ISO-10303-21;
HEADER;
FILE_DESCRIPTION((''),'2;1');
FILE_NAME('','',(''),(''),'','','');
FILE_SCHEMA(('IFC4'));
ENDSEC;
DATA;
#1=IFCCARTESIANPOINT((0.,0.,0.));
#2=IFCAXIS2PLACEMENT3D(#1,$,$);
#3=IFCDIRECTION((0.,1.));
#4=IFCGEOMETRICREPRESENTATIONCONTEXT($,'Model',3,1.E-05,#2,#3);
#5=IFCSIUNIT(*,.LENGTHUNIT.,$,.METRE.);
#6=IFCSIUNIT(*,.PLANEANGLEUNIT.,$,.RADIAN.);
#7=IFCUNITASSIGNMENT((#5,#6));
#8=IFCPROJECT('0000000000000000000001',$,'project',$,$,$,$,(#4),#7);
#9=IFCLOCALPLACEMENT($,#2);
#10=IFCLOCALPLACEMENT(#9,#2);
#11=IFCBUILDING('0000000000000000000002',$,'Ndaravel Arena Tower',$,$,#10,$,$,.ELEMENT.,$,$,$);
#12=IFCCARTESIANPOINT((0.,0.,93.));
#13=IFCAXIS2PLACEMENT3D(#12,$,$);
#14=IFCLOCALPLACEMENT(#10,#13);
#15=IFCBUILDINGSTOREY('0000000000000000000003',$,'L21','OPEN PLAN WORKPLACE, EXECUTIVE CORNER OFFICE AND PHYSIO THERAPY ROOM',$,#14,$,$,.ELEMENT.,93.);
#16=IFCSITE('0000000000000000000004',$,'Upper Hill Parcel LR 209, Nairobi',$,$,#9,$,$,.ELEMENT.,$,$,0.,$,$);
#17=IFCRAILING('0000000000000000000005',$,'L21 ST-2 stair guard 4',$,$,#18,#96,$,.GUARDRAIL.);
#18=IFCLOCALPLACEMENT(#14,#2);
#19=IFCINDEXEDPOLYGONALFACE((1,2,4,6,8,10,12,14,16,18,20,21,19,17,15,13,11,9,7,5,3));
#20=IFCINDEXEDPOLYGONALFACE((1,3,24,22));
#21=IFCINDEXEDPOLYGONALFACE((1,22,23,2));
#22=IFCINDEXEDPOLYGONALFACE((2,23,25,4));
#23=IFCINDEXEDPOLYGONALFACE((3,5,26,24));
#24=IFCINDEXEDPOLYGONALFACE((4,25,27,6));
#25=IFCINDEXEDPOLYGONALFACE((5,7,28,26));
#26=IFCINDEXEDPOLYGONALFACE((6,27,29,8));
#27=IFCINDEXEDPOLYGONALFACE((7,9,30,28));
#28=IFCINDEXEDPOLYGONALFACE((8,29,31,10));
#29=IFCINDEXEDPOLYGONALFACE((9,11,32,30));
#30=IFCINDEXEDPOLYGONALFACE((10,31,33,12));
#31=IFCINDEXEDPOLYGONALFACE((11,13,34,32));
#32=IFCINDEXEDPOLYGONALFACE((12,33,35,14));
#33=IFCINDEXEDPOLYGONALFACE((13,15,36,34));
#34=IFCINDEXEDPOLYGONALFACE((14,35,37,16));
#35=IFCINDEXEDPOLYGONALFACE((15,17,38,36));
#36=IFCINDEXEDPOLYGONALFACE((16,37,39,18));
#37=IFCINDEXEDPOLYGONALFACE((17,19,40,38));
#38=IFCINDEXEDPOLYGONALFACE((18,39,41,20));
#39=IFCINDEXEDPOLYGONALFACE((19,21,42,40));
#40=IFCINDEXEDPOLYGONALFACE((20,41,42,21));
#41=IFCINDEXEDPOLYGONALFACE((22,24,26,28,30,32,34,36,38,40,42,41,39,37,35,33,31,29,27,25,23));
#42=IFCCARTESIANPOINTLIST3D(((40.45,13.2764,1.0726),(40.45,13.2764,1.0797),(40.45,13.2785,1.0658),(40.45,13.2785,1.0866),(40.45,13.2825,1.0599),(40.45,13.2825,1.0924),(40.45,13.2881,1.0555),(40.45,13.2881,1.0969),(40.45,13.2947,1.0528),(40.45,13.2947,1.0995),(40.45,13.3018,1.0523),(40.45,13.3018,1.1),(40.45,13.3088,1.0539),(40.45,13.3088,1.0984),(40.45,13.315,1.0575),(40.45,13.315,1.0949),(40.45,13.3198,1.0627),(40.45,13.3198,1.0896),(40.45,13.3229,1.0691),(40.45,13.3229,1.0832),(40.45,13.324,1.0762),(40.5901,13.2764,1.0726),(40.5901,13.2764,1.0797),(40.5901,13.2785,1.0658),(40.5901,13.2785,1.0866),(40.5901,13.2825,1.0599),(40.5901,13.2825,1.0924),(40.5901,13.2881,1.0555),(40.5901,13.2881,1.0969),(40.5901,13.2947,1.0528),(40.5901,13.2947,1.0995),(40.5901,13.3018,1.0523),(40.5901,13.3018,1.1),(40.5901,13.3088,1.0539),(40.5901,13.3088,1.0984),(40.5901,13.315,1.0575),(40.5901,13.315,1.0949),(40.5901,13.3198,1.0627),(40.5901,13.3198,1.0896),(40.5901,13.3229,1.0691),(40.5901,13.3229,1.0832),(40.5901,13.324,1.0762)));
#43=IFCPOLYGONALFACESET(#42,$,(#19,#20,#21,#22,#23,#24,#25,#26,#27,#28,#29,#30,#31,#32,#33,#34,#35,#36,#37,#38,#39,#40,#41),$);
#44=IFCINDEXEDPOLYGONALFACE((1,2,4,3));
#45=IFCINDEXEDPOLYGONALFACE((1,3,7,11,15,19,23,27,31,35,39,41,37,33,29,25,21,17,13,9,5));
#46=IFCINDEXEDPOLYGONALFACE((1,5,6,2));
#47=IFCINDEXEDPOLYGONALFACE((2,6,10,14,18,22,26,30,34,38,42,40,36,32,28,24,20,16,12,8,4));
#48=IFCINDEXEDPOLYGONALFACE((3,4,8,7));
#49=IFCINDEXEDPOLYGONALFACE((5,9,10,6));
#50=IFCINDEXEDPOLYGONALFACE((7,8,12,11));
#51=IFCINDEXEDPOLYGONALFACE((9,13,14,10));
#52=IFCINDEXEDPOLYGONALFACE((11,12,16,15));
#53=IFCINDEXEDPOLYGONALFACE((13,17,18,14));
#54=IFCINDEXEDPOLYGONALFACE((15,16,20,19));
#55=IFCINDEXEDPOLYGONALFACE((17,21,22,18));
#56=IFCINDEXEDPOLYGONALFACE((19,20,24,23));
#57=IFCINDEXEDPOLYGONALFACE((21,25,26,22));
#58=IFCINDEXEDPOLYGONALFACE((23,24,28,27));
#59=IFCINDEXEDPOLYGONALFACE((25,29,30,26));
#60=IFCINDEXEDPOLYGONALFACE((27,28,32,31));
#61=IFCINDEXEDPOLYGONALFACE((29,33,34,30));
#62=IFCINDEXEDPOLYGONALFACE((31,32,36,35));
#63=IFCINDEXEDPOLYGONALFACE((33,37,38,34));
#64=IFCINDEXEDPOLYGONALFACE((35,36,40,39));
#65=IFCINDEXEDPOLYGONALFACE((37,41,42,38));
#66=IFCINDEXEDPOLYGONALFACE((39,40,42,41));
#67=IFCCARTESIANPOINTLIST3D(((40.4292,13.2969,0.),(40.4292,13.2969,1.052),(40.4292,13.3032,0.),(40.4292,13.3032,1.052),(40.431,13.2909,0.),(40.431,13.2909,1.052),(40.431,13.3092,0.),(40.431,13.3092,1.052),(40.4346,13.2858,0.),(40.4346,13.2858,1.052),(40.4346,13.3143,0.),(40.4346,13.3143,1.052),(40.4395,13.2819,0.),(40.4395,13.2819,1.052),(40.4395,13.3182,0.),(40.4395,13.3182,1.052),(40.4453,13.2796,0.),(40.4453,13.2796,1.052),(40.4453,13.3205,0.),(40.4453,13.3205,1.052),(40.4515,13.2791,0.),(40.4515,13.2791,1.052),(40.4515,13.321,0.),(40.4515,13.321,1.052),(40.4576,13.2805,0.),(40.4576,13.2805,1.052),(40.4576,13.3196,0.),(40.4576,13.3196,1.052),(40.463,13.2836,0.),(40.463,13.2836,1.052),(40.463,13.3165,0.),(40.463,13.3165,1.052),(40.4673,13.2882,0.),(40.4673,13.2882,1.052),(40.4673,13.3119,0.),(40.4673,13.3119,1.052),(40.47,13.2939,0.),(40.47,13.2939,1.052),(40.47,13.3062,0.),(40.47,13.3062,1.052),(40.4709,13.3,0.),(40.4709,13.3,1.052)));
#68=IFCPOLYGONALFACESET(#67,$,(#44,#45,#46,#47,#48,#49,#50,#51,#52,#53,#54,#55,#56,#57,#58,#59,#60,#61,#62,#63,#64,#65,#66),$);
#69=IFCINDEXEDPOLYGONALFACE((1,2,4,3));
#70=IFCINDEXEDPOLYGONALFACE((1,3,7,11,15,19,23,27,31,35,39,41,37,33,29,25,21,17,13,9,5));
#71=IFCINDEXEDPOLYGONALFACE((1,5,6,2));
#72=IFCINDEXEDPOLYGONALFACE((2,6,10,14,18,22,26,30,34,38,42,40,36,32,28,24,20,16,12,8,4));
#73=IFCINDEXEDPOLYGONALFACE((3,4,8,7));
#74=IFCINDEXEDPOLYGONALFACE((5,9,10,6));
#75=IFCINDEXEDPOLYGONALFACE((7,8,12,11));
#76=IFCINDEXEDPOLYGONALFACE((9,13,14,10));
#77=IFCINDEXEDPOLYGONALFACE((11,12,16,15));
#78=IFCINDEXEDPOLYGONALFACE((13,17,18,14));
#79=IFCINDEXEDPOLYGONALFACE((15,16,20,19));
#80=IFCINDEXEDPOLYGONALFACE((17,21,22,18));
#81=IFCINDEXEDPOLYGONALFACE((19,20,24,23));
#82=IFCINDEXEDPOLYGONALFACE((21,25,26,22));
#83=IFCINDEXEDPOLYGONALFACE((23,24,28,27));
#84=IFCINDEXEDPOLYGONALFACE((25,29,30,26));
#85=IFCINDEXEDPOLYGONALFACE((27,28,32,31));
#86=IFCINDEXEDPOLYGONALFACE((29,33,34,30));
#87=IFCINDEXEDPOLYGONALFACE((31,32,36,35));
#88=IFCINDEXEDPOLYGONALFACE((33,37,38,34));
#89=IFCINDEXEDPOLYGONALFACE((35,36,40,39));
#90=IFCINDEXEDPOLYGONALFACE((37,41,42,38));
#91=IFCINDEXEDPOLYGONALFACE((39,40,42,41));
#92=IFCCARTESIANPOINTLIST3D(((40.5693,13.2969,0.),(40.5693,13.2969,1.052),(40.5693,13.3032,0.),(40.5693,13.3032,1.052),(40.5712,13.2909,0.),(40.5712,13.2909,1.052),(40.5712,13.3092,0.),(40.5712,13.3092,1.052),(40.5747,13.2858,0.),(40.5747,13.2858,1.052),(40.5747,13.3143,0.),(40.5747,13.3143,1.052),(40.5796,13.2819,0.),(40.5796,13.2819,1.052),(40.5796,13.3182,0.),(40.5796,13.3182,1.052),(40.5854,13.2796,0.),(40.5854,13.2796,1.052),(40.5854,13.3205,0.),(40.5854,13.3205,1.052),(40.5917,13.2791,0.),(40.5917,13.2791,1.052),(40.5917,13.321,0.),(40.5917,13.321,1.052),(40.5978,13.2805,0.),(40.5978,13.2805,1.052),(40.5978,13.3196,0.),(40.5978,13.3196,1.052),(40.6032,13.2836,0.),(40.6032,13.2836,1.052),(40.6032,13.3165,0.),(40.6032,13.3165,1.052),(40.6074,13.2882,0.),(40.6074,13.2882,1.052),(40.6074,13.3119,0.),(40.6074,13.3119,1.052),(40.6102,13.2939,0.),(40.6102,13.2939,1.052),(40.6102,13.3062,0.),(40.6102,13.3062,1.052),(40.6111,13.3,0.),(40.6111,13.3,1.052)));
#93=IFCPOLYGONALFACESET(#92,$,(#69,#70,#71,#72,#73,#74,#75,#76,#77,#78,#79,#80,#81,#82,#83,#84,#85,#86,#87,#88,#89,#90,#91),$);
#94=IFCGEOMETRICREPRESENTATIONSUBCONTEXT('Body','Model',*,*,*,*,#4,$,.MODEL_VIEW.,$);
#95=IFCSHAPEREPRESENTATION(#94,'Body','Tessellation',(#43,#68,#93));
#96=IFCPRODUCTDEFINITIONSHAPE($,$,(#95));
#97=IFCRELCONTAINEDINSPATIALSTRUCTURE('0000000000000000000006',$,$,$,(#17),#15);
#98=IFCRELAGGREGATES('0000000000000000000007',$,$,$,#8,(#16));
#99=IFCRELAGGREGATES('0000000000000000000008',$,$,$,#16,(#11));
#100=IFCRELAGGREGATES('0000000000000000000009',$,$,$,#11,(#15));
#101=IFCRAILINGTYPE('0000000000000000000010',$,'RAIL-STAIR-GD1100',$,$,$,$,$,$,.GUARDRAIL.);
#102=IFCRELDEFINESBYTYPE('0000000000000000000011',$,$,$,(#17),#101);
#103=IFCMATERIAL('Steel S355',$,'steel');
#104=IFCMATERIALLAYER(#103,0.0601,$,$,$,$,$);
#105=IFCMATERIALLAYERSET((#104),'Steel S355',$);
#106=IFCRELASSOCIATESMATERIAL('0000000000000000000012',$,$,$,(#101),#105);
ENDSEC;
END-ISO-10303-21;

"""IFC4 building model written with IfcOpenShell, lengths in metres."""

from ifc_helpers import new_model, si_unit, direction, frame, origin, origin_2d, place, context, subcontext, project, spatial, circle, extrude, material, layer, layer_set, type_object, element, save


model = new_model("IFC4")

# Units and contexts
model_context = context("Model", 3, precision=1e-05, world=origin(), true_north=direction((0.0, 1.0)))
body_context = subcontext(model_context, "Body", "Model", "MODEL_VIEW")
ifc_project = project(units=[si_unit("LENGTHUNIT", "METRE"), si_unit("PLANEANGLEUNIT", "RADIAN")], contexts=[model_context])

# Site, building, storey
site_placement = place(None, origin())
site = spatial("IfcSite", under=ifc_project, at=site_placement, Name="Upper Hill Parcel LR 209, Nairobi", CompositionType="ELEMENT", RefElevation=0.0)
building_placement = place(site_placement, origin())
building = spatial("IfcBuilding", under=site, at=building_placement, Name="Ndaravel Arena Tower", CompositionType="ELEMENT")
storey_placement = place(building_placement, frame((0.0, 0.0, 93.0)))
storey = spatial("IfcBuildingStorey", under=building, at=storey_placement, Name="L21", Description="OPEN PLAN WORKPLACE, EXECUTIVE CORNER OFFICE AND PHYSIO THERAPY ROOM", CompositionType="ELEMENT", Elevation=93.0)

# Railing
ifc_material_1 = material(Name="Steel S355", Category="steel")
ifc_layer_1 = layer(ifc_material_1, 0.0601)
ifc_layer_set_1 = layer_set([ifc_layer_1], Name="Steel S355")
railing_type_1 = type_object("IfcRailingType", Name="RAIL-STAIR-GD1100", PredefinedType="GUARDRAIL", material=ifc_layer_set_1)
railing_1_placement = place(storey_placement, frame((40.45, 13.3, 0.0)))
element("IfcRailing", 1, at=railing_1_placement, inside=storey, type_object=railing_type_1, Name="L21 ST-2 stair guard 4", PredefinedType="GUARDRAIL", context=body_context, shape_type="SweptSolid", body=[
    extrude(circle(Radius=0.0239, at=origin_2d()), frame((0.0, 0.0, 1.0762), z_axis=(1.0, 0.0, 0.0), x_axis=(0.0, 1.0, 0.0)), (0.0, 0.0, 1.0), 0.1401),
    extrude(circle(Radius=0.021, at=origin_2d()), origin(), (0.0, 0.0, 1.0), 1.052),
    extrude(circle(Radius=0.021, at=origin_2d()), frame((0.1401, 0.0, 0.0)), (0.0, 0.0, 1.0), 1.052),
])

save(model, "model.ifc")
